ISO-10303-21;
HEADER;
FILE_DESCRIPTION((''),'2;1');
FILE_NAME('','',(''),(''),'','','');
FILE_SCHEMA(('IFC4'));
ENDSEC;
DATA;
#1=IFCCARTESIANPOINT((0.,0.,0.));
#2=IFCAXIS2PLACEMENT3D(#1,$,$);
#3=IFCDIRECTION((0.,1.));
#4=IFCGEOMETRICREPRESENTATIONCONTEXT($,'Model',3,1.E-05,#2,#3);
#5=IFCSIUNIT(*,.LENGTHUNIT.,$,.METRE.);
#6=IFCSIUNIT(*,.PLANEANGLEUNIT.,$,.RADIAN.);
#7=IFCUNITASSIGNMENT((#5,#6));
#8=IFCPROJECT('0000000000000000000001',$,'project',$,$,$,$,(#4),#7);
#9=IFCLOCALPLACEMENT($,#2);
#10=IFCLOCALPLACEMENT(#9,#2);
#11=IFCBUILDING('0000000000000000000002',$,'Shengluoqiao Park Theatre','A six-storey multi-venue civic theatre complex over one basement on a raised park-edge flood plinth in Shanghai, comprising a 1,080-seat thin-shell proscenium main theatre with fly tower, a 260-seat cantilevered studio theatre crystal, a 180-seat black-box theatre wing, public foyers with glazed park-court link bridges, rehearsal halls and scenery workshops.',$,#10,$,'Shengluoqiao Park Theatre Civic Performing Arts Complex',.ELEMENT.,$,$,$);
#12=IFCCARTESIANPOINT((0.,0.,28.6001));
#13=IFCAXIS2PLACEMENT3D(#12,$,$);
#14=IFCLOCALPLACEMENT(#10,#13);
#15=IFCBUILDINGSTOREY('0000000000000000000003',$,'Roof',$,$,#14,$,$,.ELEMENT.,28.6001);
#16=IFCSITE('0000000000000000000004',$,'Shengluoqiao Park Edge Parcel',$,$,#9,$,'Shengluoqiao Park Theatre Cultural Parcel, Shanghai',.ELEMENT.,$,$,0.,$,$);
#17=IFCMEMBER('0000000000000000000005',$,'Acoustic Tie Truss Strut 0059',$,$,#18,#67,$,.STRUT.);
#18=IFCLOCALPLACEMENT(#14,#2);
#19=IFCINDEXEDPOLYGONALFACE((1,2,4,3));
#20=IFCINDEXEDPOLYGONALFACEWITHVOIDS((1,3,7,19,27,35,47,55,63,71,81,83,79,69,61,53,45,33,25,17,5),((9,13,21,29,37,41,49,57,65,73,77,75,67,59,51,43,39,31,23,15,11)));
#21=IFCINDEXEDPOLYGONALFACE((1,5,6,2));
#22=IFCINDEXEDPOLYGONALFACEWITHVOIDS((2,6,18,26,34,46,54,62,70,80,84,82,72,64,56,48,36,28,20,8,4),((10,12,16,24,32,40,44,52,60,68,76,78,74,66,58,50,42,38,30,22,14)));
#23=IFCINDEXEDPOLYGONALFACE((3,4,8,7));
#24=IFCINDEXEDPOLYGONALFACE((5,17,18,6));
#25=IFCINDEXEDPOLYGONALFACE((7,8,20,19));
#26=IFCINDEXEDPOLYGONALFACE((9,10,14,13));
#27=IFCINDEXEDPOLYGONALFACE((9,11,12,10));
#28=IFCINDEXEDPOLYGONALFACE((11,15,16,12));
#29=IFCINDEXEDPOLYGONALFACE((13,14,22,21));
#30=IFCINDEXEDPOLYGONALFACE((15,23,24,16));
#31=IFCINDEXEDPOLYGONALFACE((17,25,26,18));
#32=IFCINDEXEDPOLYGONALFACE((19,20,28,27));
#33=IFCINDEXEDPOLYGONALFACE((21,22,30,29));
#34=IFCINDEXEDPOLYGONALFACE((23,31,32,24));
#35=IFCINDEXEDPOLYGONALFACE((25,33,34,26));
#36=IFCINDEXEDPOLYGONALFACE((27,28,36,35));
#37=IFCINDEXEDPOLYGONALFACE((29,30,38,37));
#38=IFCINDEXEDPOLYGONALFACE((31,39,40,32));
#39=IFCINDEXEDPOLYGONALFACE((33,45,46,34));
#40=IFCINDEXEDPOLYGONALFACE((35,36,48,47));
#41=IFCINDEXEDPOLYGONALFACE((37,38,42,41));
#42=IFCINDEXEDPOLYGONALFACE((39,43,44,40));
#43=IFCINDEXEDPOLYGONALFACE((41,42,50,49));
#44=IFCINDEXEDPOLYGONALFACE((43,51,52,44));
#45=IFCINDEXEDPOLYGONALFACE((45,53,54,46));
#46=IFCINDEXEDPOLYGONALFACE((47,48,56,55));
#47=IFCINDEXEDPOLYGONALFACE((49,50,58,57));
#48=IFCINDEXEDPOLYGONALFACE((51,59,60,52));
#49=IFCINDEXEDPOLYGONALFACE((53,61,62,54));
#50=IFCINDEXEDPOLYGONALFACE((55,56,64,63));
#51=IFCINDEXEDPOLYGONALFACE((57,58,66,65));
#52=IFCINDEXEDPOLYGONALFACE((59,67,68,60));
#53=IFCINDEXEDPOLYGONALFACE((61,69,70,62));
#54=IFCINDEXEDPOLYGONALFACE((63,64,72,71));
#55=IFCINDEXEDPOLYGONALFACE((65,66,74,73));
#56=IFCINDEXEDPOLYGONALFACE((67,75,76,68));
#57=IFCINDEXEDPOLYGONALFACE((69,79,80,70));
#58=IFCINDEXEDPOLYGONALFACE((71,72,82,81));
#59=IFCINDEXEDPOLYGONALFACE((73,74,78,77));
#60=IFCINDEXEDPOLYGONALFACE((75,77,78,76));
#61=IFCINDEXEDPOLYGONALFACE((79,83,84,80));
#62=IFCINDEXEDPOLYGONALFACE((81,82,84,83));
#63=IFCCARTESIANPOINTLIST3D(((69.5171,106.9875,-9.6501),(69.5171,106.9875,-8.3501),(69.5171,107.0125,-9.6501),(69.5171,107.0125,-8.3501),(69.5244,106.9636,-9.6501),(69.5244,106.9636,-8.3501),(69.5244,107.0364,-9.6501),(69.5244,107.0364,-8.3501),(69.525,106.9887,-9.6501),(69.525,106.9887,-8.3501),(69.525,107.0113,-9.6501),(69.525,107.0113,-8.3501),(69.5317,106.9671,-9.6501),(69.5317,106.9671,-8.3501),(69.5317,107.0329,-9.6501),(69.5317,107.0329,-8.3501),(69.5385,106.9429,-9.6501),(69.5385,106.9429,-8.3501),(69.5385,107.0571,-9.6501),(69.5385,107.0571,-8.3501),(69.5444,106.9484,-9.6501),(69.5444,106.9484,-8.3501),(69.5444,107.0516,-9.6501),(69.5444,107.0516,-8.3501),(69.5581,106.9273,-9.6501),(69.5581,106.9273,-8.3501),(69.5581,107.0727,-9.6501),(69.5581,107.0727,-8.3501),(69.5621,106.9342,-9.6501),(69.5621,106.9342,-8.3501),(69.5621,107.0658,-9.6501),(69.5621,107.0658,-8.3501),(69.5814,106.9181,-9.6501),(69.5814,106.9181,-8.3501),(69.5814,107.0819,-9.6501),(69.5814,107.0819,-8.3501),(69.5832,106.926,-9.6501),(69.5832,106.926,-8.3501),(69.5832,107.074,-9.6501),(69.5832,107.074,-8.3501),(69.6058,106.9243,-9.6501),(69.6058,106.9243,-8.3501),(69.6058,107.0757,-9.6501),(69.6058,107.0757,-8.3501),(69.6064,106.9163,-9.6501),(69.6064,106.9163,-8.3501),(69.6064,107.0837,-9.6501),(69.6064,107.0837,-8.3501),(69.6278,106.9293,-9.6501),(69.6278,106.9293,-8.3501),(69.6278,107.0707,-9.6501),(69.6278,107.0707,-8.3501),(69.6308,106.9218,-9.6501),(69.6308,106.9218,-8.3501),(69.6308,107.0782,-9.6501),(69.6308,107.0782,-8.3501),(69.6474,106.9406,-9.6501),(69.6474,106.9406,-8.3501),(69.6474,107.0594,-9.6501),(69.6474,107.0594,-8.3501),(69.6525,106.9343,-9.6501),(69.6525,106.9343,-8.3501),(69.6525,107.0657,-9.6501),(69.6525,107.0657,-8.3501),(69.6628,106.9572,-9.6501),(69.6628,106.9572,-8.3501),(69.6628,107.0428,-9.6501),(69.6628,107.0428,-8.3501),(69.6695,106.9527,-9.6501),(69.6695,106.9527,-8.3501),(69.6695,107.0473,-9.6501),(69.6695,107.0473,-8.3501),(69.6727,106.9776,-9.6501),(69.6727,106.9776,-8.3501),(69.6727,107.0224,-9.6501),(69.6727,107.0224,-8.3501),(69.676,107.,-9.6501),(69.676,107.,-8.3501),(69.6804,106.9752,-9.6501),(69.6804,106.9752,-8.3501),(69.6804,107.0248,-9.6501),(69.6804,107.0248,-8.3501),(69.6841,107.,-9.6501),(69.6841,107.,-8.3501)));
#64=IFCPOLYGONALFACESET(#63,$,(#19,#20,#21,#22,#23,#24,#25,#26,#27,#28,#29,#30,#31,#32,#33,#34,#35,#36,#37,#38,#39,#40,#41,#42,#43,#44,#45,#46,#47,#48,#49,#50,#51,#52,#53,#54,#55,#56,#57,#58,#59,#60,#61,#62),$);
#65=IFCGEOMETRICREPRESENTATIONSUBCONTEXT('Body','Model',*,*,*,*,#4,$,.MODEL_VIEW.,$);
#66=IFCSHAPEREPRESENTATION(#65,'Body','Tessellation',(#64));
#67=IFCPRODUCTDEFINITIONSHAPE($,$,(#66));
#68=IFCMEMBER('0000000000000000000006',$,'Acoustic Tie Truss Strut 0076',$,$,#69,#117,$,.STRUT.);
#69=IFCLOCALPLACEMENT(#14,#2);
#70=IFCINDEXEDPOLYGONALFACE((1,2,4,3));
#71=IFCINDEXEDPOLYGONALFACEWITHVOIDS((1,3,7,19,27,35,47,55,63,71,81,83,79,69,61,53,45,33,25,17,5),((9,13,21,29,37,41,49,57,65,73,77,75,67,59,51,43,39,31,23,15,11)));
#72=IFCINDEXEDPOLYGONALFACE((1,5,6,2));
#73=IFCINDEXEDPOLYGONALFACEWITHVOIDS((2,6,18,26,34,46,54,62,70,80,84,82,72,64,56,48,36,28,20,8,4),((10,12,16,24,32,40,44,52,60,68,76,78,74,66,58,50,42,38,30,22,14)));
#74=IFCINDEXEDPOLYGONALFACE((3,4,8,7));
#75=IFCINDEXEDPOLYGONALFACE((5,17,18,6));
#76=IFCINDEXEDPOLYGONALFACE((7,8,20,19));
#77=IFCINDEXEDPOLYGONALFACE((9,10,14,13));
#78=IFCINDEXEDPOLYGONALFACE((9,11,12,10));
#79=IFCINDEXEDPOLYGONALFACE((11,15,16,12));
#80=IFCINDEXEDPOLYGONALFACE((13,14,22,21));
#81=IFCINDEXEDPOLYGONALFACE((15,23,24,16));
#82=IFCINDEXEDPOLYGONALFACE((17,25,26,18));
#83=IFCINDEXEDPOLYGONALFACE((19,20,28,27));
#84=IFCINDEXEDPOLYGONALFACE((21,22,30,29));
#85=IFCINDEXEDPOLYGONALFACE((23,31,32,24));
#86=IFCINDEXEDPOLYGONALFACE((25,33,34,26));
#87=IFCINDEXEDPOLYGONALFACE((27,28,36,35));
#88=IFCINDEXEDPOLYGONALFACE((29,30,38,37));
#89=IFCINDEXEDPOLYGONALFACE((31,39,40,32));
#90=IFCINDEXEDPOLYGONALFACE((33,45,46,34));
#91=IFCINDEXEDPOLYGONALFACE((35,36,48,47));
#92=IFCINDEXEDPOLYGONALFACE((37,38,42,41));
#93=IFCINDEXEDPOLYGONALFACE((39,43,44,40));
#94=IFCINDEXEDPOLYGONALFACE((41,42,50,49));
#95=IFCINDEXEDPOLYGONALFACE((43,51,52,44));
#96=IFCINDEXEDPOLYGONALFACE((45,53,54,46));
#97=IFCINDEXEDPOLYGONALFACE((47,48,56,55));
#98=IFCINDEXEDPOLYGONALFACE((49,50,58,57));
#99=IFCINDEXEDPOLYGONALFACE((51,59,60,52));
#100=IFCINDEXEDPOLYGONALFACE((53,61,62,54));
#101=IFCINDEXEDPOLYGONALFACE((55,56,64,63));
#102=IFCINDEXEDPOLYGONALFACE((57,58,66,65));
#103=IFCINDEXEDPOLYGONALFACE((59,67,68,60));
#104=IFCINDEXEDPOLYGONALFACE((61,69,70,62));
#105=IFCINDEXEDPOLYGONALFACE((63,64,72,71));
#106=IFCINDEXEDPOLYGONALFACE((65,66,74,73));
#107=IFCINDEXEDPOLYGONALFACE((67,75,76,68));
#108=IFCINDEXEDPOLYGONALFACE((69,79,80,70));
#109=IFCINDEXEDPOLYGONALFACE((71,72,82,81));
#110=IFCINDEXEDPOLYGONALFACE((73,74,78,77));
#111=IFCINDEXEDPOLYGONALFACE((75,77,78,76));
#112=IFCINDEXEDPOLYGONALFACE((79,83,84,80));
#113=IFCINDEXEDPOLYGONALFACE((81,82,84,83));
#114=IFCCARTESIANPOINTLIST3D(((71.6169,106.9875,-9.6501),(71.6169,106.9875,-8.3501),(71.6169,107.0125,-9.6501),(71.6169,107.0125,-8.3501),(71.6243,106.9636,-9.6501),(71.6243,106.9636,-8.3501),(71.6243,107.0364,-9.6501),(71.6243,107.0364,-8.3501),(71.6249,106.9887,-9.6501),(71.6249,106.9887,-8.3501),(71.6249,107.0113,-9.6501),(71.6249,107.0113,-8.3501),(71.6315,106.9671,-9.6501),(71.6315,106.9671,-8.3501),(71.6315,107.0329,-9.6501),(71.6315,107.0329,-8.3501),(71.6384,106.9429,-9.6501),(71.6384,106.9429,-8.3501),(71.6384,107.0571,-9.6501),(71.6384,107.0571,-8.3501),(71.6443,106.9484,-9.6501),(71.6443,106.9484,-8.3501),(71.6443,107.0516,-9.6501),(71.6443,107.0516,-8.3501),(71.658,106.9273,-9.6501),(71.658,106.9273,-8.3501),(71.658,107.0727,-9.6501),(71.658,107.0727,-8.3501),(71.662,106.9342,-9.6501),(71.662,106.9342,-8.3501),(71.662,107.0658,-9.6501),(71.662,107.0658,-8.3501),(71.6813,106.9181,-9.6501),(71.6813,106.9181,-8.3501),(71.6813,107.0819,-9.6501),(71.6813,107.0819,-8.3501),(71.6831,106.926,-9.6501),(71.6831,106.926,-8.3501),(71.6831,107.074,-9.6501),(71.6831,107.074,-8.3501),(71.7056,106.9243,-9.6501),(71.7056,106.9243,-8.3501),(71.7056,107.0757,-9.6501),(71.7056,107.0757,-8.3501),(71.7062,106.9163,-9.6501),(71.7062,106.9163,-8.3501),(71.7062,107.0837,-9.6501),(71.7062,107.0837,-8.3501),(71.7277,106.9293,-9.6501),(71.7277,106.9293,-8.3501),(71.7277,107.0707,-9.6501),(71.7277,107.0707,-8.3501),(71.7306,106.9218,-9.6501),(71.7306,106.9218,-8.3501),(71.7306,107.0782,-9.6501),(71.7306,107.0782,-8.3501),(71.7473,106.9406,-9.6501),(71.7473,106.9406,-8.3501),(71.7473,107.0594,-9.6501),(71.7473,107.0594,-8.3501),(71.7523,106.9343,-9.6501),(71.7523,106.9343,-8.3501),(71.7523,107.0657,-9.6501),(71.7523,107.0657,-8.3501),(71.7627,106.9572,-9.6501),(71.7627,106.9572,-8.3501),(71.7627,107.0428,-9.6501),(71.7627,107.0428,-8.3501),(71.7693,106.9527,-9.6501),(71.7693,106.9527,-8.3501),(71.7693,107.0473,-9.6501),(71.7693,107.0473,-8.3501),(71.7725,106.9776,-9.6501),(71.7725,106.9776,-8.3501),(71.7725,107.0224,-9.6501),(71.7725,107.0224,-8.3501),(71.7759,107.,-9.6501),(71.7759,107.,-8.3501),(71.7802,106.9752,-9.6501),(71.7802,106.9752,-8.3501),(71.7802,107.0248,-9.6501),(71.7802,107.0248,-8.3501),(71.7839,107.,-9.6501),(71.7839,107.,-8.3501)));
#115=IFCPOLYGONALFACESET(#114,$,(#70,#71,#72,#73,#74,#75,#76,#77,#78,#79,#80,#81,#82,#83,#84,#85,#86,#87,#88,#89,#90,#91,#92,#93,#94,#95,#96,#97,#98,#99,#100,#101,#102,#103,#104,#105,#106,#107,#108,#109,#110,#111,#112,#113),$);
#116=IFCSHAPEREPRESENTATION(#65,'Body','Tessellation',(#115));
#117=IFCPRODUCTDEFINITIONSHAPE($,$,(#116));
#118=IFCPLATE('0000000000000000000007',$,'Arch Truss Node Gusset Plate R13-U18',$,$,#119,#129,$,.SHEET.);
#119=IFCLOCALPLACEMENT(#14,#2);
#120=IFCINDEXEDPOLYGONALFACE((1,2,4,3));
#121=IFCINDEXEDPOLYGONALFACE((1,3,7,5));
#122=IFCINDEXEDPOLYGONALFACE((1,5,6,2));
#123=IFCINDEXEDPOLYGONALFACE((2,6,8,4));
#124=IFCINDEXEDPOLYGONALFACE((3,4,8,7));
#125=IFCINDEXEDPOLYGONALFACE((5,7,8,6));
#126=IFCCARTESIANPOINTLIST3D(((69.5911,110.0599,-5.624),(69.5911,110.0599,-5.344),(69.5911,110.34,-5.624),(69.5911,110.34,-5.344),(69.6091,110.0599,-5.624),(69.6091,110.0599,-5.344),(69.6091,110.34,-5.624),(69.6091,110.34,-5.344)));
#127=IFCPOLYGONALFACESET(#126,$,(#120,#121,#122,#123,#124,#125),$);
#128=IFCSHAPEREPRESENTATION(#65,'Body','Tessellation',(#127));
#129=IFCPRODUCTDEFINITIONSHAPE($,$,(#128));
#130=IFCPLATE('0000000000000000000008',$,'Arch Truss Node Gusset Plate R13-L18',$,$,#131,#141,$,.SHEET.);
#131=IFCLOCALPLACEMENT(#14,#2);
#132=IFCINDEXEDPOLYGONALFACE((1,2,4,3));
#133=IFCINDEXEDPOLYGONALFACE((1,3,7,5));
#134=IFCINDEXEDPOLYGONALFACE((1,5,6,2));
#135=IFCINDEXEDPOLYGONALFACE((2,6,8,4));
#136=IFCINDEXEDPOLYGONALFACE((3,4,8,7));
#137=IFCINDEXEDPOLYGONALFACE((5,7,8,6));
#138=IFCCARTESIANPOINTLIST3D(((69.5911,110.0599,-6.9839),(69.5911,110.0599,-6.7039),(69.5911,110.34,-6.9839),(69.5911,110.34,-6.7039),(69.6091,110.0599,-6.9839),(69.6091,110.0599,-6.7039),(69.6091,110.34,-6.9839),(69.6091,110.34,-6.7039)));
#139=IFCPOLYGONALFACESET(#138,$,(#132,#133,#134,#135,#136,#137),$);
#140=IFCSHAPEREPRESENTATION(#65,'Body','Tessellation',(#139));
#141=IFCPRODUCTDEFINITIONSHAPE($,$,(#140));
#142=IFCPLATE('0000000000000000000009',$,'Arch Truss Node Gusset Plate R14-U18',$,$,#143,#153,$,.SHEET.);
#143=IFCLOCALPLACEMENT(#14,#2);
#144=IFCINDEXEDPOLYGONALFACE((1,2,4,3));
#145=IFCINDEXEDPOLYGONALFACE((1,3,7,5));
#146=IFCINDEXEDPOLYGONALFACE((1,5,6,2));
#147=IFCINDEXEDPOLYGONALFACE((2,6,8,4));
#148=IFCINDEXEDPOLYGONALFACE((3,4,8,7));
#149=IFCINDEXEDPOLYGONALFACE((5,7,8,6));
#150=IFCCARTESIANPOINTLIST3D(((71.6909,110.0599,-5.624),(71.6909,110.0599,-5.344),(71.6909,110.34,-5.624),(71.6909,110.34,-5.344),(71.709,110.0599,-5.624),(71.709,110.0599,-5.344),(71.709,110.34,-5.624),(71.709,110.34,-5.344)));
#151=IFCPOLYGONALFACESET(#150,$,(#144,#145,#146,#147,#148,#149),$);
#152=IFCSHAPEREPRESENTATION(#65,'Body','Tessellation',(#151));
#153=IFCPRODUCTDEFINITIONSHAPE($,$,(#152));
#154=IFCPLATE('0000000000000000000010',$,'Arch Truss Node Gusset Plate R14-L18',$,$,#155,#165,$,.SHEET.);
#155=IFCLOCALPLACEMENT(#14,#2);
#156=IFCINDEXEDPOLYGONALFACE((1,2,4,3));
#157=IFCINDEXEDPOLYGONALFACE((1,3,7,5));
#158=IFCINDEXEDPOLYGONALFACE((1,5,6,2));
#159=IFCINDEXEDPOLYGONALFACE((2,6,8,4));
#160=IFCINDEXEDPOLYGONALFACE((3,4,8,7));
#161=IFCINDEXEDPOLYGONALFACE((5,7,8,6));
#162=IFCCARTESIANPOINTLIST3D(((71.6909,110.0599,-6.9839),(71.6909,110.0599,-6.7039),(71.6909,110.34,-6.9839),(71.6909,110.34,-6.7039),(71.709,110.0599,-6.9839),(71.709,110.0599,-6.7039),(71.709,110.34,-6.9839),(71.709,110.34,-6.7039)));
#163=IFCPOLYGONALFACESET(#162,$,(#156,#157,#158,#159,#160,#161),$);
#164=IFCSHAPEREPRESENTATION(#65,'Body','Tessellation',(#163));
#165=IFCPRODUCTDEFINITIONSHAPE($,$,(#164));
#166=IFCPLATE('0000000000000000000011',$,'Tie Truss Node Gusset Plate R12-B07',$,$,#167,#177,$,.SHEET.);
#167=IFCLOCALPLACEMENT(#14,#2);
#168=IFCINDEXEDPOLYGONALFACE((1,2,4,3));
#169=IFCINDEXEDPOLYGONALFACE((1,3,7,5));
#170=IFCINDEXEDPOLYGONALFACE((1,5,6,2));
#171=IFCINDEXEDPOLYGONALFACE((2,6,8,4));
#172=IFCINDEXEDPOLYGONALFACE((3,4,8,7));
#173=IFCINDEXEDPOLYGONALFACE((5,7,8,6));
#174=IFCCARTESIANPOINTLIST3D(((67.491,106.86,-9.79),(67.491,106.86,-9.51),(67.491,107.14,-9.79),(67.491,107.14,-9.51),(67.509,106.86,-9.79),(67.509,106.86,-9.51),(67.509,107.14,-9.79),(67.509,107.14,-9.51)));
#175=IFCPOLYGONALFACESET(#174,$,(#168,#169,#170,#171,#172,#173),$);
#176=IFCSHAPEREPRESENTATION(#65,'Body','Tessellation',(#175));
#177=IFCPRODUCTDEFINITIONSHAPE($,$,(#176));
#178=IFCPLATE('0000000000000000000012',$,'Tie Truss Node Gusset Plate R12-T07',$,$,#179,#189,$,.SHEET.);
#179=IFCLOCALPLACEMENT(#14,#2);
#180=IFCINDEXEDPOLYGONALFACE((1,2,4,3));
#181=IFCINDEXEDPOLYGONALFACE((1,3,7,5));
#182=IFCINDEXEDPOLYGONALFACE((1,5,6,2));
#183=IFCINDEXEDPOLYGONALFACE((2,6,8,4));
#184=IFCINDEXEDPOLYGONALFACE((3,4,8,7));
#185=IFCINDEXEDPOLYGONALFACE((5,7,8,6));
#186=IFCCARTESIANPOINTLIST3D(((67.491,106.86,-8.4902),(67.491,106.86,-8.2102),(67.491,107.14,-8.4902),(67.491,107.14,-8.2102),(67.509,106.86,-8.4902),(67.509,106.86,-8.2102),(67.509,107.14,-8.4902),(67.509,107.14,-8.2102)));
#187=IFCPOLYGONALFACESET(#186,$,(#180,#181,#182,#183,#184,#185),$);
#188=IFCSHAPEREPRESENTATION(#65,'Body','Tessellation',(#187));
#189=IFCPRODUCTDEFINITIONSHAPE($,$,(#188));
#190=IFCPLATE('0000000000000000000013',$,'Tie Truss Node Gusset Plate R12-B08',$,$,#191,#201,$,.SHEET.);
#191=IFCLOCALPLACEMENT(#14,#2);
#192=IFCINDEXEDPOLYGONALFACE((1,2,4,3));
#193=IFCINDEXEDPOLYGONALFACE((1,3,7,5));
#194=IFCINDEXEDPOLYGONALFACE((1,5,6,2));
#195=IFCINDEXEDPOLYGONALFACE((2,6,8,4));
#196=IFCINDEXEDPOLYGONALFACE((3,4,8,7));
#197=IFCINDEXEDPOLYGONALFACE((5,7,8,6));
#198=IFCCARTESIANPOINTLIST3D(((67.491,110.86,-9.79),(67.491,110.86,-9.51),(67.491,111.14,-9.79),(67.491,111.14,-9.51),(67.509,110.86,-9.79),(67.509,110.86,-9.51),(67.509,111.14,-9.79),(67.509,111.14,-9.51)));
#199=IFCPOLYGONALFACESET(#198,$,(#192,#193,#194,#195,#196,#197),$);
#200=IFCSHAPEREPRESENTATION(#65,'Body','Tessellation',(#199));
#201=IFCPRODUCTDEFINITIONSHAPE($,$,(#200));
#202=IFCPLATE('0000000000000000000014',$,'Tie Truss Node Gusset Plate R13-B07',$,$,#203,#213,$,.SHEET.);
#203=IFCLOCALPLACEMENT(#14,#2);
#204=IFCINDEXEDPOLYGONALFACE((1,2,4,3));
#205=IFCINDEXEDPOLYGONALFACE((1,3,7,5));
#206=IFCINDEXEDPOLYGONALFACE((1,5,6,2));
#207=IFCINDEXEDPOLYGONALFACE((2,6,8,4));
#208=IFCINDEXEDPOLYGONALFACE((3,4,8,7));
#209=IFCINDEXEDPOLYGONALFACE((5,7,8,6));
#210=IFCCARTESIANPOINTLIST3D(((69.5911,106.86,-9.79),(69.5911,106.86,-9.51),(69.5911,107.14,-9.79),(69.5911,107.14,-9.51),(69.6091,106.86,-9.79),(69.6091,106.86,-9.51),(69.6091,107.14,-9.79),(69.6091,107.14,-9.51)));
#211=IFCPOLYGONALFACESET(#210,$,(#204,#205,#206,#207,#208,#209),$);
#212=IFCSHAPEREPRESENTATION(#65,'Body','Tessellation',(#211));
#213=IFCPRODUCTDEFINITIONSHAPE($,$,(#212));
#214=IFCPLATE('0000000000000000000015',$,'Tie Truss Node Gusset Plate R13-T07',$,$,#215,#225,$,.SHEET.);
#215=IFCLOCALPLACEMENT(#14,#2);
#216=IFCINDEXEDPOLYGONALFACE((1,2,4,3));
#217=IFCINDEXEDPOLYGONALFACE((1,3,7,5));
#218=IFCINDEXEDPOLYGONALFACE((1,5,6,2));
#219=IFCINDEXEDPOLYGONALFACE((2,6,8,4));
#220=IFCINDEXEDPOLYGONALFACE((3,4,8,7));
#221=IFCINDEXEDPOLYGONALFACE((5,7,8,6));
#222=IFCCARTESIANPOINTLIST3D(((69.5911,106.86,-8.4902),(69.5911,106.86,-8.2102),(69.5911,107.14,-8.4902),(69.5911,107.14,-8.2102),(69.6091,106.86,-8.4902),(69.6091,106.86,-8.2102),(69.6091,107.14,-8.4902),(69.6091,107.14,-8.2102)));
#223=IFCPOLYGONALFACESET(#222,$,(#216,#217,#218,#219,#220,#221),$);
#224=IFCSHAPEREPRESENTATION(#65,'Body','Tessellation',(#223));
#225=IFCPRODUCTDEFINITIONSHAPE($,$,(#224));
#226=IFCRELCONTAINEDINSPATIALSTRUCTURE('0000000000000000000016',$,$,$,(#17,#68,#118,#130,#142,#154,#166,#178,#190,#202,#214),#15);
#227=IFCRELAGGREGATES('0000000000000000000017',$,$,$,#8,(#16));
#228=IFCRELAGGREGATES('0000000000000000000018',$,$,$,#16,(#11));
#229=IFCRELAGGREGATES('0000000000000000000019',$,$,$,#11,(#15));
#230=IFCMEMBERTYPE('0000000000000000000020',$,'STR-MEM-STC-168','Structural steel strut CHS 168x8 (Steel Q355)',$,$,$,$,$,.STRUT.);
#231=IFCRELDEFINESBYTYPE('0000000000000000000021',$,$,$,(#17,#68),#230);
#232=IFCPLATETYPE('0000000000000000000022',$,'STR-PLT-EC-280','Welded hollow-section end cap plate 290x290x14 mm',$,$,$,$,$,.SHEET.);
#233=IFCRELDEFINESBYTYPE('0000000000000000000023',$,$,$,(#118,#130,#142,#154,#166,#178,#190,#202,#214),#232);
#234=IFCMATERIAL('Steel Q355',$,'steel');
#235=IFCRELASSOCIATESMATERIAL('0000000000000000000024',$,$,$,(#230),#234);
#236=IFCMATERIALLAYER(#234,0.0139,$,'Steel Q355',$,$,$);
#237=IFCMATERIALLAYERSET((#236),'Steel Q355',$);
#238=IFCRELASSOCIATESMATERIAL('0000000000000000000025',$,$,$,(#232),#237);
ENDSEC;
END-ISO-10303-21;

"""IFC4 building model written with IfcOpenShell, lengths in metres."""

from ifc_helpers import new_model, si_unit, direction, frame, origin, origin_2d, place, context, subcontext, project, spatial, rectangle, hollow_circle, extrude, material, layer, layer_set, material_profile, profile_set, type_object, element, save


model = new_model("IFC4")

# Units and contexts
model_context = context("Model", 3, precision=1e-05, world=origin(), true_north=direction((0.0, 1.0)))
body_context = subcontext(model_context, "Body", "Model", "MODEL_VIEW")
ifc_project = project(units=[si_unit("LENGTHUNIT", "METRE"), si_unit("PLANEANGLEUNIT", "RADIAN")], contexts=[model_context])

# Site, building, storey
site_placement = place(None, origin())
site = spatial("IfcSite", under=ifc_project, at=site_placement, Name="Shengluoqiao Park Edge Parcel", LongName="Shengluoqiao Park Theatre Cultural Parcel, Shanghai", CompositionType="ELEMENT", RefElevation=0.0)
building_placement = place(site_placement, origin())
building = spatial("IfcBuilding", under=site, at=building_placement, Name="Shengluoqiao Park Theatre", Description="A six-storey multi-venue civic theatre complex over one basement on a raised park-edge flood plinth in Shanghai, comprising a 1,080-seat thin-shell proscenium main theatre with fly tower, a 260-seat cantilevered studio theatre crystal, a 180-seat black-box theatre wing, public foyers with glazed park-court link bridges, rehearsal halls and scenery workshops.", LongName="Shengluoqiao Park Theatre Civic Performing Arts Complex", CompositionType="ELEMENT")
storey_placement = place(building_placement, frame((0.0, 0.0, 28.6001)))
storey = spatial("IfcBuildingStorey", under=building, at=storey_placement, Name="Roof", CompositionType="ELEMENT", Elevation=28.6001)

# Shared definitions
ifc_material_1 = material(Name="Steel Q355", Category="steel")

# Members
ifc_material_profile_1 = material_profile(ifc_material_1, hollow_circle(Radius=0.084, WallThickness=0.0081, at=origin_2d()), Name="CHS 168x8")
ifc_profile_set_1 = profile_set([ifc_material_profile_1], Name="Steel Q355")
member_type_1 = type_object("IfcMemberType", Name="STR-MEM-STC-168", Description="Structural steel strut CHS 168x8 (Steel Q355)", PredefinedType="STRUT", material=ifc_profile_set_1)
for number, where, z_axis, x_axis, name in (
    (1, (69.6001, 107.0, -9.6501), (0.0, 0.0, 1.0), (1.0, 0.0, 0.0), "Acoustic Tie Truss Strut 0059"),
    (2, (71.7, 107.0, -9.6501), (0.0, 0.0, 1.0), (1.0, 0.0, 0.0), "Acoustic Tie Truss Strut 0076"),
):
    element("IfcMember", number, at=place(storey_placement, frame(where, z_axis=z_axis, x_axis=x_axis)), inside=storey, type_object=member_type_1, Name=name, PredefinedType="STRUT", context=body_context, shape_type="SweptSolid", body=[
        extrude(hollow_circle(Radius=0.084, WallThickness=0.0081, at=origin_2d()), origin(), (0.0, 0.0, 1.0), 1.3),
    ])

# Plates
ifc_layer = layer(ifc_material_1, 0.0139, Name="Steel Q355")
ifc_layer_set = layer_set([ifc_layer], Name="Steel Q355")
plate_type = type_object("IfcPlateType", Name="STR-PLT-EC-280", Description="Welded hollow-section end cap plate 290x290x14 mm", PredefinedType="SHEET", material=ifc_layer_set)
for number, where, z_axis, x_axis, name in (
    (3, (69.6001, 110.2, -5.624), (0.0, 0.0, 1.0), (1.0, 0.0, 0.0), "Arch Truss Node Gusset Plate R13-U18"),
    (4, (69.6001, 110.2, -6.9839), (0.0, 0.0, 1.0), (1.0, 0.0, 0.0), "Arch Truss Node Gusset Plate R13-L18"),
    (5, (71.7, 110.2, -5.624), (0.0, 0.0, 1.0), (1.0, 0.0, 0.0), "Arch Truss Node Gusset Plate R14-U18"),
    (6, (71.7, 110.2, -6.9839), (0.0, 0.0, 1.0), (1.0, 0.0, 0.0), "Arch Truss Node Gusset Plate R14-L18"),
    (7, (67.5, 107.0, -9.79), (0.0, 0.0, 1.0), (1.0, 0.0, 0.0), "Tie Truss Node Gusset Plate R12-B07"),
    (8, (67.5, 107.0, -8.4902), (0.0, 0.0, 1.0), (1.0, 0.0, 0.0), "Tie Truss Node Gusset Plate R12-T07"),
    (9, (67.5, 111.0, -9.79), (0.0, 0.0, 1.0), (1.0, 0.0, 0.0), "Tie Truss Node Gusset Plate R12-B08"),
    (10, (69.6001, 107.0, -9.79), (0.0, 0.0, 1.0), (1.0, 0.0, 0.0), "Tie Truss Node Gusset Plate R13-B07"),
    (11, (69.6001, 107.0, -8.4902), (0.0, 0.0, 1.0), (1.0, 0.0, 0.0), "Tie Truss Node Gusset Plate R13-T07"),
):
    element("IfcPlate", number, at=place(storey_placement, frame(where, z_axis=z_axis, x_axis=x_axis)), inside=storey, type_object=plate_type, Name=name, PredefinedType="SHEET", context=body_context, shape_type="SweptSolid", body=[
        extrude(rectangle(XDim=0.0181, YDim=0.28, at=origin_2d()), origin(), (0.0, 0.0, 1.0), 0.28),
    ])

save(model, "model.ifc")
